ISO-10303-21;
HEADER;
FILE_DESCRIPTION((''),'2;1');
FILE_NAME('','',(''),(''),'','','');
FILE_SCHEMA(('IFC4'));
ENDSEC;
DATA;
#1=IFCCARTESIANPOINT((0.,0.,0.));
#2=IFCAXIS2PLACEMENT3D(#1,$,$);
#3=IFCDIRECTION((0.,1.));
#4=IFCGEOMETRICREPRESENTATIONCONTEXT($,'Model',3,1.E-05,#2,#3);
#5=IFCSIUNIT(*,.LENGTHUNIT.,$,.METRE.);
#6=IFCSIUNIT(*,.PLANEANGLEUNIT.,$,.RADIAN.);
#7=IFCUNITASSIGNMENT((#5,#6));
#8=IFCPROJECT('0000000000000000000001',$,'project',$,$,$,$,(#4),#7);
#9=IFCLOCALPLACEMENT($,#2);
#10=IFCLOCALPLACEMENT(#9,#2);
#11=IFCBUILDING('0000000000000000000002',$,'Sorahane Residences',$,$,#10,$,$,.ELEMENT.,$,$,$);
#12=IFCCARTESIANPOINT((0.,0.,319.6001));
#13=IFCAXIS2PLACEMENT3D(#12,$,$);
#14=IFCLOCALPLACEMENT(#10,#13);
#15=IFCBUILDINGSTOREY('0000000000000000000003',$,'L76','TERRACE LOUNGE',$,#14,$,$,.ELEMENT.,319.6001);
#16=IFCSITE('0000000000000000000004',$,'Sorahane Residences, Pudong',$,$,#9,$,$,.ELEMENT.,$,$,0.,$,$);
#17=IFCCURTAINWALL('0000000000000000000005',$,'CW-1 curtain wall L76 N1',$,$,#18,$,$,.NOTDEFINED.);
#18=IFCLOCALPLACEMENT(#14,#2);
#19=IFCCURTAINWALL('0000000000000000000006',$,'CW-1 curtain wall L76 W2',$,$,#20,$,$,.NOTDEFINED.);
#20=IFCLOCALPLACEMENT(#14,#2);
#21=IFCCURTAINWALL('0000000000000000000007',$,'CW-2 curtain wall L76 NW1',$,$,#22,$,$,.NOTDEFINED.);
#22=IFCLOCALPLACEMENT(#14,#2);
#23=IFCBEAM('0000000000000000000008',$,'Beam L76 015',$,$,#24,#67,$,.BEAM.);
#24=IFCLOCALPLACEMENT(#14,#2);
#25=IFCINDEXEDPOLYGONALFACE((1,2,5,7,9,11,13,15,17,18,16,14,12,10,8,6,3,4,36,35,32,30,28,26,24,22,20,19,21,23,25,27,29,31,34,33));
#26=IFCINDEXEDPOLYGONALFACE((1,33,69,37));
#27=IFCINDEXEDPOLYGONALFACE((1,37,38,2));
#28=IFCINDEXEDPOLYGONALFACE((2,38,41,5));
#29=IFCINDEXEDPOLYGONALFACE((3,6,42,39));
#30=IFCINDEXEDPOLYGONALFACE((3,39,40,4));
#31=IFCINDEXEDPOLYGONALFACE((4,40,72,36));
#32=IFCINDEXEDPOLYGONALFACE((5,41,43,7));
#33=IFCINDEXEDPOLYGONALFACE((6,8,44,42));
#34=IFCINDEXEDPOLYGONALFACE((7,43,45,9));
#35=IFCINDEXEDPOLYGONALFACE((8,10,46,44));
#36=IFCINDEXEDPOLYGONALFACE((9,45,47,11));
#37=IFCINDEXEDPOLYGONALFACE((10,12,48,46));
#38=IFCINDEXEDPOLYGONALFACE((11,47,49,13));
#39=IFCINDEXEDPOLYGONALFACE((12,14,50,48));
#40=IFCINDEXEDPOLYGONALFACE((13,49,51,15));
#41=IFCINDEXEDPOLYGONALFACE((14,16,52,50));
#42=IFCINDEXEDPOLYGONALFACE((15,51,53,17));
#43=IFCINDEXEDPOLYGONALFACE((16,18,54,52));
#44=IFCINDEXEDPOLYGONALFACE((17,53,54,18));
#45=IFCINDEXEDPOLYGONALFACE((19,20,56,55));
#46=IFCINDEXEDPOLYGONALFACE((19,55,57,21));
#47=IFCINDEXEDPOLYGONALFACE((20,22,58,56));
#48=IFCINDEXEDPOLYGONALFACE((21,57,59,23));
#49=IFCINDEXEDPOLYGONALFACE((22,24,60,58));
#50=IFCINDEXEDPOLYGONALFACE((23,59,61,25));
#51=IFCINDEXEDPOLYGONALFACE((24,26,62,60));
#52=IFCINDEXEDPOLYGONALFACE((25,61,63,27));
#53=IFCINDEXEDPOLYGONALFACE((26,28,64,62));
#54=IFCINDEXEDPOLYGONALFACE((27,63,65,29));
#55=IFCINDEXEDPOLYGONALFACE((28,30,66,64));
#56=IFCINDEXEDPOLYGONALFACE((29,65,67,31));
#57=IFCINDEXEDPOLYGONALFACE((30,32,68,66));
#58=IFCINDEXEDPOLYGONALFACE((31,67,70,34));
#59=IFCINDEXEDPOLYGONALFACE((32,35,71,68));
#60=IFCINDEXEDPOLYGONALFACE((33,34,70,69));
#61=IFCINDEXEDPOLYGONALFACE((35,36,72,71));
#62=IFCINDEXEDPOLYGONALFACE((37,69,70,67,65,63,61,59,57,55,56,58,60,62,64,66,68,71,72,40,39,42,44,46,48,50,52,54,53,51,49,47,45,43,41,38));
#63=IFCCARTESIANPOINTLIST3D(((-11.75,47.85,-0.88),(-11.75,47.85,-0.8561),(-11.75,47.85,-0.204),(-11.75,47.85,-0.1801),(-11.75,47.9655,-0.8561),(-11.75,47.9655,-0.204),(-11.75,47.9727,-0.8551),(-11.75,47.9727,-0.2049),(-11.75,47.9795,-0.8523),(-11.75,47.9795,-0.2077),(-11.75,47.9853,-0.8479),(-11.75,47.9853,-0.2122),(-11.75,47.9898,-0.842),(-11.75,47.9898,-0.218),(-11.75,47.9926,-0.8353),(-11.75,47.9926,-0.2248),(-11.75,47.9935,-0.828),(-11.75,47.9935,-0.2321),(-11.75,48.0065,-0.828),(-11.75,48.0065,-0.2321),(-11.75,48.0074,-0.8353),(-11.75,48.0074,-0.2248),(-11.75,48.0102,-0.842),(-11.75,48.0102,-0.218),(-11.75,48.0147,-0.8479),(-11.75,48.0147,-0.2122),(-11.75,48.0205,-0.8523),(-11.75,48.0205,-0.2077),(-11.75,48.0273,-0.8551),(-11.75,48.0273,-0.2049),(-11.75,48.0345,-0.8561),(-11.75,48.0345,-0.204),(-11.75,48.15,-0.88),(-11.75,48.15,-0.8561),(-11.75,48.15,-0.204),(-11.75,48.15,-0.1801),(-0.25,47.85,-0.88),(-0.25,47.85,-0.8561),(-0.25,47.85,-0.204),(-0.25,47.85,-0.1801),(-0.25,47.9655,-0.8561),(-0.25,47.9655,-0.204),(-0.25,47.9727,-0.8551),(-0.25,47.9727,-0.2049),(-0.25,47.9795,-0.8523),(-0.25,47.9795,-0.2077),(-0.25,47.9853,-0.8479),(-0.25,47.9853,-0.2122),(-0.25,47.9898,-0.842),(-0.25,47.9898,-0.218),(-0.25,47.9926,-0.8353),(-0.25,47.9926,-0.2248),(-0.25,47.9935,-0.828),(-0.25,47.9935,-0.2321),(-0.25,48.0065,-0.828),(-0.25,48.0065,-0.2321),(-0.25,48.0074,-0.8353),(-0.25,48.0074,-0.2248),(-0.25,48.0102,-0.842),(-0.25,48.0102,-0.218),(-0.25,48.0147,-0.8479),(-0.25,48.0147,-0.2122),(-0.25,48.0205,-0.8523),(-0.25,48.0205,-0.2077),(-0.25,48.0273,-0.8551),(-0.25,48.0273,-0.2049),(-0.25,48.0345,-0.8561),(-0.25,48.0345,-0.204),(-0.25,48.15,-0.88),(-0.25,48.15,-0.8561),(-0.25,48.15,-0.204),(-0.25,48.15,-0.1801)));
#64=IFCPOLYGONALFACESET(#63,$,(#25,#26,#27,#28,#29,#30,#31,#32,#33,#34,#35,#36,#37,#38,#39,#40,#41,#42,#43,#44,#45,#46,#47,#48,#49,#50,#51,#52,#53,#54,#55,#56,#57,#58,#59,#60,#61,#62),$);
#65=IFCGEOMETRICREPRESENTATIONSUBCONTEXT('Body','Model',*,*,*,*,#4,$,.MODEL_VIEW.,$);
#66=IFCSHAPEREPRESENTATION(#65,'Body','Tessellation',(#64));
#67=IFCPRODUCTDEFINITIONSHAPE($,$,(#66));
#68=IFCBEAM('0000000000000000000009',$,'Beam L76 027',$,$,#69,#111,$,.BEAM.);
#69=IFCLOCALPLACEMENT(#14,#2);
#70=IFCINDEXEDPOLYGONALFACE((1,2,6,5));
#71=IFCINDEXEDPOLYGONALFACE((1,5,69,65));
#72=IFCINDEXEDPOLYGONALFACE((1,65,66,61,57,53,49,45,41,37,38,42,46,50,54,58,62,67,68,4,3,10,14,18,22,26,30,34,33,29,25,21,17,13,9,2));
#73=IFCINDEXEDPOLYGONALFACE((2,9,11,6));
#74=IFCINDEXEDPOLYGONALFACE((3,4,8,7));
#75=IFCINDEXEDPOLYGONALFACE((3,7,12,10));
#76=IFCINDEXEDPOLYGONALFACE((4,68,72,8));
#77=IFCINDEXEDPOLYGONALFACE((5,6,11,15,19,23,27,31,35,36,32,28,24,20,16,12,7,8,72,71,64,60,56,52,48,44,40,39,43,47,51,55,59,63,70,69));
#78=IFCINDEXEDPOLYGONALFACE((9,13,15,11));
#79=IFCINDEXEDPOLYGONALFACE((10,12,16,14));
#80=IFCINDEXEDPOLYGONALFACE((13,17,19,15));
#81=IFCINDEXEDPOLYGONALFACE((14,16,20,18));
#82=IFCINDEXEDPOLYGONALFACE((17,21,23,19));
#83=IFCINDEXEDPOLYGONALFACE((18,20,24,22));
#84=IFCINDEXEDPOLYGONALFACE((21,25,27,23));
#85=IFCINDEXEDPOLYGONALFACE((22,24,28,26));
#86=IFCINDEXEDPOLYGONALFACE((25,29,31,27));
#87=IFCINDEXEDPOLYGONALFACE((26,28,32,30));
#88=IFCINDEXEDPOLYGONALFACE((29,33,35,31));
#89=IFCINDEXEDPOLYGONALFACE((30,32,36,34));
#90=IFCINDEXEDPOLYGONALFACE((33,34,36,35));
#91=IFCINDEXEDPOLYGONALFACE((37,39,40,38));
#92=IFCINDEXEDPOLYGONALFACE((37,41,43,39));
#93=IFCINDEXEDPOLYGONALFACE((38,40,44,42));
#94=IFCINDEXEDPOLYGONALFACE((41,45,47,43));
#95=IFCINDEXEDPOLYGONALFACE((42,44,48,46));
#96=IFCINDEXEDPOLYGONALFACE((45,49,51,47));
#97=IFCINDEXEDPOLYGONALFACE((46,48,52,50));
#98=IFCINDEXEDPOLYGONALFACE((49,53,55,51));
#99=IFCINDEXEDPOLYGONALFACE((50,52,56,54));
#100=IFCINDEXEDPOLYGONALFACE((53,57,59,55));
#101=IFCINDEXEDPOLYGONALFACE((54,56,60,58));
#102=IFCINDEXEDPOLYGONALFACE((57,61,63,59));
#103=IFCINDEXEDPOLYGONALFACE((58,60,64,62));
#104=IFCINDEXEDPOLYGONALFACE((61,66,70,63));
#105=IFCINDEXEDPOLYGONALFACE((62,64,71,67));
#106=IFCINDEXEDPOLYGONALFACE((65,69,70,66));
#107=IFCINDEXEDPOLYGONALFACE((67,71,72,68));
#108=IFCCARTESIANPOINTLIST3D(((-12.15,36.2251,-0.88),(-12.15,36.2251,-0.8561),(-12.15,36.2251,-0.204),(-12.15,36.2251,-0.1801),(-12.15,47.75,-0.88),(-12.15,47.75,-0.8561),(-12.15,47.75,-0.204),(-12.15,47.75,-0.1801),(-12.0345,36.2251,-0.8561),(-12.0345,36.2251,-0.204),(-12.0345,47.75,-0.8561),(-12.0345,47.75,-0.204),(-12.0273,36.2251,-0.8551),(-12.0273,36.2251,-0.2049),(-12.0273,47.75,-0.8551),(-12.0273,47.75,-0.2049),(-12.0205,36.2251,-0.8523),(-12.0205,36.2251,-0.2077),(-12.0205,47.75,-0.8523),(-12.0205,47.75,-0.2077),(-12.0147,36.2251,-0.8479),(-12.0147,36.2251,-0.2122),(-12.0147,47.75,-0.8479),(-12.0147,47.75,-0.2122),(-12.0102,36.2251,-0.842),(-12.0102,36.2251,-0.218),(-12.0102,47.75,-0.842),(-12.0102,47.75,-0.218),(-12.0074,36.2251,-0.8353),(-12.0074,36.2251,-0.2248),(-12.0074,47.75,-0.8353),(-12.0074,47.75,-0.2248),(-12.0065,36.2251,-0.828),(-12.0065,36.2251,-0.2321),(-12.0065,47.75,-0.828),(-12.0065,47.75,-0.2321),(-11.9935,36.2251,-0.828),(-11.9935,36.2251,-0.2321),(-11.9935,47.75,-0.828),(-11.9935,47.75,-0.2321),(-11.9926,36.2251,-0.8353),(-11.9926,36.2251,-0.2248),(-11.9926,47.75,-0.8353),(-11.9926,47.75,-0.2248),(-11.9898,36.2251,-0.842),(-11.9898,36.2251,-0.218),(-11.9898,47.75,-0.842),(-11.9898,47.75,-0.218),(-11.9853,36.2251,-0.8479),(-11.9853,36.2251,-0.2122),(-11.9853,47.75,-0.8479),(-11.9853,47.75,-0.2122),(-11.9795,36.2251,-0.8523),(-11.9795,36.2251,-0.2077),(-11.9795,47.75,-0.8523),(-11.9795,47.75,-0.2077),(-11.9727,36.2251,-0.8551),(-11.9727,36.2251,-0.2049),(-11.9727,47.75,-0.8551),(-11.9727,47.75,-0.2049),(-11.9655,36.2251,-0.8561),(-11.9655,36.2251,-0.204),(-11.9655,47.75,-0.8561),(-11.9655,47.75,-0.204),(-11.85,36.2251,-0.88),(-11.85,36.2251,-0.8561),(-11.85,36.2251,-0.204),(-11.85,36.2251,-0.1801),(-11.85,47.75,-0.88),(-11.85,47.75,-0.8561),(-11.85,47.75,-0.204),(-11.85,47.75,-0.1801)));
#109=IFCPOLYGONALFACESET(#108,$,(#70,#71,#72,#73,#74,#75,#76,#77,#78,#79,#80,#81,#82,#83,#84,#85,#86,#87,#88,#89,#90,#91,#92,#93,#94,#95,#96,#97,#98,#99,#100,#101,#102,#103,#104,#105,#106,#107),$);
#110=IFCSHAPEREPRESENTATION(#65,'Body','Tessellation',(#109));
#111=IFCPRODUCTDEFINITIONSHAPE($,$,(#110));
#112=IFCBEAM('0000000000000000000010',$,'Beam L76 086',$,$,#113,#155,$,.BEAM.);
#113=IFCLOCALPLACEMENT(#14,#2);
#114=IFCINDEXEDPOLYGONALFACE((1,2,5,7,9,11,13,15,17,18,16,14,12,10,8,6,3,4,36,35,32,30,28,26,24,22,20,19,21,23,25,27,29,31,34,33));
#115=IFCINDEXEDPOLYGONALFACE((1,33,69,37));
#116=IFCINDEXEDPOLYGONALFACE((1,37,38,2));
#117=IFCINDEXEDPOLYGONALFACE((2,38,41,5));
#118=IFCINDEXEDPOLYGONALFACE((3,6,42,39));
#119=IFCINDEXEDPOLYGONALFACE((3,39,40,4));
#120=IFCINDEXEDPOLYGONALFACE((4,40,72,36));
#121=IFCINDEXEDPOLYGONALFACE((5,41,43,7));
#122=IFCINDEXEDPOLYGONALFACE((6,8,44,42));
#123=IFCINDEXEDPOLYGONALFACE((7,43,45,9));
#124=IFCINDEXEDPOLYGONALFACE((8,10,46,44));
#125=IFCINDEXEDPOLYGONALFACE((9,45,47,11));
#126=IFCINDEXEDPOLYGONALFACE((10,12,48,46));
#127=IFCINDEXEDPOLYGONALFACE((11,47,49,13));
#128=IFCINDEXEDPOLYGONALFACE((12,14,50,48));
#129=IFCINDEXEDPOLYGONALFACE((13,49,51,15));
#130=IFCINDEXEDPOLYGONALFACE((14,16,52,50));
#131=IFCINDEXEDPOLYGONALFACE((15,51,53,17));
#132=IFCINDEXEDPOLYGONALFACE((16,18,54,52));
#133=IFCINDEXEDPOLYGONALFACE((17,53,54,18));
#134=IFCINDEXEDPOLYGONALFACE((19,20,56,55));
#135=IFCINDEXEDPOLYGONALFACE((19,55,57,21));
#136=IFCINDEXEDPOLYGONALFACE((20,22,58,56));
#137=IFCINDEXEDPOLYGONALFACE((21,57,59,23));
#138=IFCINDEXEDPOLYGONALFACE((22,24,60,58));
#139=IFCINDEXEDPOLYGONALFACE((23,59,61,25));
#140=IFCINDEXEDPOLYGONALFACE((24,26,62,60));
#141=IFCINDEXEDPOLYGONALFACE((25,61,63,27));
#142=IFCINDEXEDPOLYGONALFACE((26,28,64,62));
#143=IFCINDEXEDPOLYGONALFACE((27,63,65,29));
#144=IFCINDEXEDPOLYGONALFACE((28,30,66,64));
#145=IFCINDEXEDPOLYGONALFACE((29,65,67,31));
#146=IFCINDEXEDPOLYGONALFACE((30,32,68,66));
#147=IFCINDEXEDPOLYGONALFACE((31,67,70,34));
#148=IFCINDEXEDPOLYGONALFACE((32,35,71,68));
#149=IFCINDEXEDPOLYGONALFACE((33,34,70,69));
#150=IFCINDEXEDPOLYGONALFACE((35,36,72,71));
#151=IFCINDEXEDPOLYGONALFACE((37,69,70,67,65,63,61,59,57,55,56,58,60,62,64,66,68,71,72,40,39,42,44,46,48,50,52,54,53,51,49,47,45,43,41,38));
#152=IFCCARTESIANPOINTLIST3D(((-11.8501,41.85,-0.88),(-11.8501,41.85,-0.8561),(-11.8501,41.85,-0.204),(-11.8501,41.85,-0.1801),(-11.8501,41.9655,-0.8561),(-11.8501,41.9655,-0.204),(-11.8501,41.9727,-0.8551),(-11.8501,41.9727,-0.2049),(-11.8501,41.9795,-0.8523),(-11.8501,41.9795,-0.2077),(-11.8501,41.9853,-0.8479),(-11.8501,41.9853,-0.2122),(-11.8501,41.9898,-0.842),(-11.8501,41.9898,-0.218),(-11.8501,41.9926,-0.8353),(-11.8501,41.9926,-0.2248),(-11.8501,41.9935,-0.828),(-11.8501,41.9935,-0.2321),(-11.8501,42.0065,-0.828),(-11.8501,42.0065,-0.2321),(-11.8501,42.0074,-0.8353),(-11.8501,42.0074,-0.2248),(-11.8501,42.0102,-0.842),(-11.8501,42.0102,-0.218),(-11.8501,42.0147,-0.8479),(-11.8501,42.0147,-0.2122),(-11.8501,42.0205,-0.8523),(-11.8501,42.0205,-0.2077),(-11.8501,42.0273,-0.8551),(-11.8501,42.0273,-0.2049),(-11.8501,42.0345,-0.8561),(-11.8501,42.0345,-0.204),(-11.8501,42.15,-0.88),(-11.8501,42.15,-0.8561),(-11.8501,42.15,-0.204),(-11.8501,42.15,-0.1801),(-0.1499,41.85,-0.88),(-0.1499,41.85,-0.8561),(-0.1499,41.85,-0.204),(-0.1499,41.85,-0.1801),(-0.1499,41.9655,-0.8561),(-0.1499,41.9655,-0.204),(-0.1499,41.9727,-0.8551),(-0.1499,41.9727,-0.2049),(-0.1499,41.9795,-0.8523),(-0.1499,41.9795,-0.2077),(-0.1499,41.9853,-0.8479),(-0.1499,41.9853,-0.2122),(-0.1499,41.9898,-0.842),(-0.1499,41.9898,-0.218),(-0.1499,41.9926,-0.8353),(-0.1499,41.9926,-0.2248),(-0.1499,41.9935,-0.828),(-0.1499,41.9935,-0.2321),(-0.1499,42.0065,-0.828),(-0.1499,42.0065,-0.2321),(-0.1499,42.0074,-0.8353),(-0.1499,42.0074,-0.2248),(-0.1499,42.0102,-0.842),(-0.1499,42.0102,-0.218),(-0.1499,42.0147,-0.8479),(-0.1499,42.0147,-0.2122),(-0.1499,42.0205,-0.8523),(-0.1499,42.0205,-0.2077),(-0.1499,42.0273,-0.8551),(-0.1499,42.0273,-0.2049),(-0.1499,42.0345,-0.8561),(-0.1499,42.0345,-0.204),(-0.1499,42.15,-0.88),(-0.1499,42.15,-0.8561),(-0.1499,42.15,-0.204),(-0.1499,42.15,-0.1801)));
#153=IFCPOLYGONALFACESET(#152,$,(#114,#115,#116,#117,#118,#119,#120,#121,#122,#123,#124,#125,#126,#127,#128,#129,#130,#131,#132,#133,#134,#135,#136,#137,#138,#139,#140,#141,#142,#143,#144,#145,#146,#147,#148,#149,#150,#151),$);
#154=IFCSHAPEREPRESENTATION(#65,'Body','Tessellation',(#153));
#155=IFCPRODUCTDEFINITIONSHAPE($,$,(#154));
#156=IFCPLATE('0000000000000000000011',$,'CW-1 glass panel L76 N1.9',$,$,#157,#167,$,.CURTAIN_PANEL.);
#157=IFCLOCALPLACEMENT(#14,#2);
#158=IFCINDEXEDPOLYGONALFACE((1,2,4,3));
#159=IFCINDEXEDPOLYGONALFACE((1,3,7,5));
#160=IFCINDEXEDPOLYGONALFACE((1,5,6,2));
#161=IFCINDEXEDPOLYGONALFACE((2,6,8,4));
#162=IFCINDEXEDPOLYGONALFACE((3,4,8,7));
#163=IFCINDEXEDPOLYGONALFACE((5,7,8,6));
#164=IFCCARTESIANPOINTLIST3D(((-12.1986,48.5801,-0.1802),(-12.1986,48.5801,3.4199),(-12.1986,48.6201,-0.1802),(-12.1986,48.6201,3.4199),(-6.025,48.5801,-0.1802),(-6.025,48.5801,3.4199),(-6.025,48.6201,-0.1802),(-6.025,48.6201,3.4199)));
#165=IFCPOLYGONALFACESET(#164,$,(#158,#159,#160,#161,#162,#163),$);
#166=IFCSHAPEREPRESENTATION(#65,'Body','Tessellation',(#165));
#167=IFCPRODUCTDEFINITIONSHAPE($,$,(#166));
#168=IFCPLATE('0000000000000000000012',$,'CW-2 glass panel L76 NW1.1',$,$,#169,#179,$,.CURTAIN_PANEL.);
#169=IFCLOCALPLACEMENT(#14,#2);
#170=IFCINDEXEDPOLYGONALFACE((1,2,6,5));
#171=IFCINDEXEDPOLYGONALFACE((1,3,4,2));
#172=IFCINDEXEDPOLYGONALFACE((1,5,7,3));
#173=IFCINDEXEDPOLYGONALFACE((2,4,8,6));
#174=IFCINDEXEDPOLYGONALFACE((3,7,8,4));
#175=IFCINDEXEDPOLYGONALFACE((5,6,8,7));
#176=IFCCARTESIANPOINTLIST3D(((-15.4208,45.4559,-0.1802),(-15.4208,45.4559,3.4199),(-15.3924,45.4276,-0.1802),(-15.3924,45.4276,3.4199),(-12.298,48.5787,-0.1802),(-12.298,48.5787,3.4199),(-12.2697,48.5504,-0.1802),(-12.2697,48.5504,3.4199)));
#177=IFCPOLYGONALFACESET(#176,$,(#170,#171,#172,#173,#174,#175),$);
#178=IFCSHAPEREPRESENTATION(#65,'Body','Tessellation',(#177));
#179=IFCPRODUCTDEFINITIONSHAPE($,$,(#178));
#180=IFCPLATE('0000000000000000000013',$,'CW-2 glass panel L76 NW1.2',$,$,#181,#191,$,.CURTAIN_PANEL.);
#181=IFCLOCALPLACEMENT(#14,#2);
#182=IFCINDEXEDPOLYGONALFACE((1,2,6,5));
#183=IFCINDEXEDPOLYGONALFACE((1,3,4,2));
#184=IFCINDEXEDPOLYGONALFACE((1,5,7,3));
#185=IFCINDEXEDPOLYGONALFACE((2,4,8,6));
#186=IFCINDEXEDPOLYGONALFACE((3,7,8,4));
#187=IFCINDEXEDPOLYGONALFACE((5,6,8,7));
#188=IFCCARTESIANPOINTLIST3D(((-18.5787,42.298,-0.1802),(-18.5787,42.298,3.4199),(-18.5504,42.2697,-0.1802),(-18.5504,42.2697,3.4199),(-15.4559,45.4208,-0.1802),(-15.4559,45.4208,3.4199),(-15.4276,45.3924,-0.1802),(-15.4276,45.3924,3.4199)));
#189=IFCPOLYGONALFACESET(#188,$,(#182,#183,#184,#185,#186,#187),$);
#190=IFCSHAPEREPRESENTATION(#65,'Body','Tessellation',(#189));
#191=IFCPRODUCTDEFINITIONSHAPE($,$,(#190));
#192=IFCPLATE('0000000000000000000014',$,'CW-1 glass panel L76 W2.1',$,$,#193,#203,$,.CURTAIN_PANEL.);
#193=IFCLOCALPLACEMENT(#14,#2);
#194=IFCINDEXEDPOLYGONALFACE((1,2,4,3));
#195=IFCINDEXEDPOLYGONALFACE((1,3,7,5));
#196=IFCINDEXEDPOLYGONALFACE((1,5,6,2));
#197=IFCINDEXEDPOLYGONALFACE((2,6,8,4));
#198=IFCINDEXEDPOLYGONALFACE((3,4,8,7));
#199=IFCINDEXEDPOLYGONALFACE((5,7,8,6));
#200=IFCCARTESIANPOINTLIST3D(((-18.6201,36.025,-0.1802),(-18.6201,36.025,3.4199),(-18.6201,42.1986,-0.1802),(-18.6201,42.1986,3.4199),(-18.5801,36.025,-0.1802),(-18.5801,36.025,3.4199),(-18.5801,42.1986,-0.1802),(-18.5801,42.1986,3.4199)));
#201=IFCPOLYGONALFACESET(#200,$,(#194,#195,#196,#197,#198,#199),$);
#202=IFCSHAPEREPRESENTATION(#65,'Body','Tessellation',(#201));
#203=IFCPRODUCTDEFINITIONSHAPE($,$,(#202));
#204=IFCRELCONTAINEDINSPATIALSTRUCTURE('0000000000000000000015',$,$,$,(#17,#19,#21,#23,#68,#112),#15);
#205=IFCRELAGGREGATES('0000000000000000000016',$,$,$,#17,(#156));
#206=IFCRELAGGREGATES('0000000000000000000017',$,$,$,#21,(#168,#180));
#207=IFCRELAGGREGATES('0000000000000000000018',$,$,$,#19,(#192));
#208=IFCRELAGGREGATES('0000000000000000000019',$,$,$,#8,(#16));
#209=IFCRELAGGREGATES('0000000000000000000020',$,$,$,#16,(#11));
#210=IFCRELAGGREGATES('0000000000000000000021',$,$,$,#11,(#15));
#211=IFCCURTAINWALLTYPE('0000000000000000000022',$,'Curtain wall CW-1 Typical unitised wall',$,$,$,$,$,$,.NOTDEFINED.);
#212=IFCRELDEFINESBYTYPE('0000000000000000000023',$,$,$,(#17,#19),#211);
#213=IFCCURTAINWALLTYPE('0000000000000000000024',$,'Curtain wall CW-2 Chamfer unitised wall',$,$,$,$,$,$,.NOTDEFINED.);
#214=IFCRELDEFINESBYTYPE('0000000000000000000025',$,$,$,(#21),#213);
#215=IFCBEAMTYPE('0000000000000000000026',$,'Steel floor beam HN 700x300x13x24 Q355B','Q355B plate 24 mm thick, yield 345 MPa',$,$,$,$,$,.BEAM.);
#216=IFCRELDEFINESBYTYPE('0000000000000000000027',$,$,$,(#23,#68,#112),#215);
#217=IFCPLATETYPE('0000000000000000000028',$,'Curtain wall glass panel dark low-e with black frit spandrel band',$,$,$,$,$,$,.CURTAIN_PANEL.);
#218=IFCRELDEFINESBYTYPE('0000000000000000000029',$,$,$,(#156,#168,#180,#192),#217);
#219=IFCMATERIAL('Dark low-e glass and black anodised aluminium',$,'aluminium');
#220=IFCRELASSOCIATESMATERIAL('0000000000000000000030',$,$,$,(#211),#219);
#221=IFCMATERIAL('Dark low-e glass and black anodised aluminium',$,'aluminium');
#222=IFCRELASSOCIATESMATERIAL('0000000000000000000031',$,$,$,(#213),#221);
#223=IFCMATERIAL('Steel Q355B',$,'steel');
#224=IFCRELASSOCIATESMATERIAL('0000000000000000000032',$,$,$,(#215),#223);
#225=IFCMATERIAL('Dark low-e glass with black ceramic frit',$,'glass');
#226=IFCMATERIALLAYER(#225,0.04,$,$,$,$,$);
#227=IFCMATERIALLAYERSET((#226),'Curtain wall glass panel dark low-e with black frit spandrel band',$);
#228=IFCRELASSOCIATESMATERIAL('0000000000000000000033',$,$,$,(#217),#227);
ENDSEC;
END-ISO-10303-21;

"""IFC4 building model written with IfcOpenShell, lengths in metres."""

from ifc_helpers import new_model, si_unit, direction, frame, origin, origin_2d, place, context, subcontext, project, spatial, rectangle, i_section, extrude, material, layer, layer_set, material_profile, profile_set, type_object, element, aggregate, save


model = new_model("IFC4")

# Units and contexts
model_context = context("Model", 3, precision=1e-05, world=origin(), true_north=direction((0.0, 1.0)))
body_context = subcontext(model_context, "Body", "Model", "MODEL_VIEW")
ifc_project = project(units=[si_unit("LENGTHUNIT", "METRE"), si_unit("PLANEANGLEUNIT", "RADIAN")], contexts=[model_context])

# Site, building, storey
site_placement = place(None, origin())
site = spatial("IfcSite", under=ifc_project, at=site_placement, Name="Sorahane Residences, Pudong", CompositionType="ELEMENT", RefElevation=0.0)
building_placement = place(site_placement, origin())
building = spatial("IfcBuilding", under=site, at=building_placement, Name="Sorahane Residences", CompositionType="ELEMENT")
storey_placement = place(building_placement, frame((0.0, 0.0, 319.6001)))
storey = spatial("IfcBuildingStorey", under=building, at=storey_placement, Name="L76", Description="TERRACE LOUNGE", CompositionType="ELEMENT", Elevation=319.6001)

# Curtain walls
ifc_material_1 = material(Name="Dark low-e glass and black anodised aluminium", Category="aluminium")
curtain_wall_type_1 = type_object("IfcCurtainWallType", Name="Curtain wall CW-1 Typical unitised wall", PredefinedType="NOTDEFINED", material=ifc_material_1)
curtain_wall_1_placement = place(storey_placement, origin())
curtain_wall_1 = element("IfcCurtainWall", 1, at=curtain_wall_1_placement, inside=storey, type_object=curtain_wall_type_1, Name="CW-1 curtain wall L76 N1", PredefinedType="NOTDEFINED")
curtain_wall_2_placement = place(storey_placement, origin())
curtain_wall_2 = element("IfcCurtainWall", 2, at=curtain_wall_2_placement, inside=storey, type_object=curtain_wall_type_1, Name="CW-1 curtain wall L76 W2", PredefinedType="NOTDEFINED")

# Curtain wall
ifc_material_2 = material(Name="Dark low-e glass and black anodised aluminium", Category="aluminium")
curtain_wall_type_2 = type_object("IfcCurtainWallType", Name="Curtain wall CW-2 Chamfer unitised wall", PredefinedType="NOTDEFINED", material=ifc_material_2)
curtain_wall_3_placement = place(storey_placement, origin())
curtain_wall_3 = element("IfcCurtainWall", 3, at=curtain_wall_3_placement, inside=storey, type_object=curtain_wall_type_2, Name="CW-2 curtain wall L76 NW1", PredefinedType="NOTDEFINED")

# Beams
ifc_material_3 = material(Name="Steel Q355B", Category="steel")
ifc_material_profile_1 = material_profile(ifc_material_3, i_section(OverallWidth=0.3, OverallDepth=0.7, WebThickness=0.0129, FlangeThickness=0.0239, FilletRadius=0.0281, at=origin_2d()), Name="HN 700x300x13x24")
ifc_profile_set_1 = profile_set([ifc_material_profile_1], Name="Steel Q355B")
beam_type_1 = type_object("IfcBeamType", Name="Steel floor beam HN 700x300x13x24 Q355B", Description="Q355B plate 24 mm thick, yield 345 MPa", PredefinedType="BEAM", material=ifc_profile_set_1)
beam_1_placement = place(storey_placement, frame((-11.75, 48.0, -0.53), z_axis=(1.0, 0.0, 0.0), x_axis=(0.0, 1.0, 0.0)))
element("IfcBeam", 4, at=beam_1_placement, inside=storey, type_object=beam_type_1, Name="Beam L76 015", PredefinedType="BEAM", context=body_context, shape_type="SweptSolid", body=[
    extrude(i_section(OverallWidth=0.3, OverallDepth=0.7, WebThickness=0.0129, FlangeThickness=0.0239, FilletRadius=0.0281, at=origin_2d()), origin(), (0.0, 0.0, 1.0), 11.5),
])
beam_2_placement = place(storey_placement, frame((-12.0, 36.2251, -0.53), z_axis=(0.0, 1.0, 0.0), x_axis=(-1.0, 0.0, 0.0)))
element("IfcBeam", 5, at=beam_2_placement, inside=storey, type_object=beam_type_1, Name="Beam L76 027", PredefinedType="BEAM", context=body_context, shape_type="SweptSolid", body=[
    extrude(i_section(OverallWidth=0.3, OverallDepth=0.7, WebThickness=0.0129, FlangeThickness=0.0239, FilletRadius=0.0281, at=origin_2d()), origin(), (0.0, 0.0, 1.0), 11.5249),
])
beam_3_placement = place(storey_placement, frame((-11.8501, 42.0, -0.53), z_axis=(1.0, 0.0, 0.0), x_axis=(0.0, 1.0, 0.0)))
element("IfcBeam", 6, at=beam_3_placement, inside=storey, type_object=beam_type_1, Name="Beam L76 086", PredefinedType="BEAM", context=body_context, shape_type="SweptSolid", body=[
    extrude(i_section(OverallWidth=0.3, OverallDepth=0.7, WebThickness=0.0129, FlangeThickness=0.0239, FilletRadius=0.0281, at=origin_2d()), origin(), (0.0, 0.0, 1.0), 11.7002),
])

# Plates
ifc_material_4 = material(Name="Dark low-e glass with black ceramic frit", Category="glass")
ifc_layer_1 = layer(ifc_material_4, 0.04)
ifc_layer_set_1 = layer_set([ifc_layer_1], Name="Curtain wall glass panel dark low-e with black frit spandrel band")
plate_type = type_object("IfcPlateType", Name="Curtain wall glass panel dark low-e with black frit spandrel band", PredefinedType="CURTAIN_PANEL", material=ifc_layer_set_1)
plate_1_placement = place(storey_placement, frame((-9.1118, 48.6001, -0.1802), z_axis=(0.0, 0.0, 1.0), x_axis=(-1.0, 0.0, 0.0)))
plate_1 = element("IfcPlate", 7, at=plate_1_placement, type_object=plate_type, Name="CW-1 glass panel L76 N1.9", PredefinedType="CURTAIN_PANEL", context=body_context, shape_type="SweptSolid", body=[
    extrude(rectangle(XDim=6.1736, YDim=0.04, at=origin_2d()), origin(), (0.0, 0.0, 1.0), 3.6001),
])
aggregate(curtain_wall_1, [plate_1])
plate_2_placement = place(storey_placement, frame((-13.8452, 47.0032, -0.1802), z_axis=(0.0, 0.0, 1.0), x_axis=(-0.707107, -0.707107, 0.0)))
plate_2 = element("IfcPlate", 8, at=plate_2_placement, type_object=plate_type, Name="CW-2 glass panel L76 NW1.1", PredefinedType="CURTAIN_PANEL", context=body_context, shape_type="SweptSolid", body=[
    extrude(rectangle(XDim=4.4163, YDim=0.04, at=origin_2d()), origin(), (0.0, 0.0, 1.0), 3.6001),
])
plate_3_placement = place(storey_placement, frame((-17.0032, 43.8452, -0.1802), z_axis=(0.0, 0.0, 1.0), x_axis=(-0.707107, -0.707107, 0.0)))
plate_3 = element("IfcPlate", 9, at=plate_3_placement, type_object=plate_type, Name="CW-2 glass panel L76 NW1.2", PredefinedType="CURTAIN_PANEL", context=body_context, shape_type="SweptSolid", body=[
    extrude(rectangle(XDim=4.4163, YDim=0.04, at=origin_2d()), origin(), (0.0, 0.0, 1.0), 3.6001),
])
aggregate(curtain_wall_3, [plate_2, plate_3])
plate_4_placement = place(storey_placement, frame((-18.6001, 39.1118, -0.1802), z_axis=(0.0, 0.0, 1.0), x_axis=(0.0, -1.0, 0.0)))
plate_4 = element("IfcPlate", 10, at=plate_4_placement, type_object=plate_type, Name="CW-1 glass panel L76 W2.1", PredefinedType="CURTAIN_PANEL", context=body_context, shape_type="SweptSolid", body=[
    extrude(rectangle(XDim=6.1736, YDim=0.04, at=origin_2d()), origin(), (0.0, 0.0, 1.0), 3.6001),
])
aggregate(curtain_wall_2, [plate_4])

save(model, "model.ifc")
